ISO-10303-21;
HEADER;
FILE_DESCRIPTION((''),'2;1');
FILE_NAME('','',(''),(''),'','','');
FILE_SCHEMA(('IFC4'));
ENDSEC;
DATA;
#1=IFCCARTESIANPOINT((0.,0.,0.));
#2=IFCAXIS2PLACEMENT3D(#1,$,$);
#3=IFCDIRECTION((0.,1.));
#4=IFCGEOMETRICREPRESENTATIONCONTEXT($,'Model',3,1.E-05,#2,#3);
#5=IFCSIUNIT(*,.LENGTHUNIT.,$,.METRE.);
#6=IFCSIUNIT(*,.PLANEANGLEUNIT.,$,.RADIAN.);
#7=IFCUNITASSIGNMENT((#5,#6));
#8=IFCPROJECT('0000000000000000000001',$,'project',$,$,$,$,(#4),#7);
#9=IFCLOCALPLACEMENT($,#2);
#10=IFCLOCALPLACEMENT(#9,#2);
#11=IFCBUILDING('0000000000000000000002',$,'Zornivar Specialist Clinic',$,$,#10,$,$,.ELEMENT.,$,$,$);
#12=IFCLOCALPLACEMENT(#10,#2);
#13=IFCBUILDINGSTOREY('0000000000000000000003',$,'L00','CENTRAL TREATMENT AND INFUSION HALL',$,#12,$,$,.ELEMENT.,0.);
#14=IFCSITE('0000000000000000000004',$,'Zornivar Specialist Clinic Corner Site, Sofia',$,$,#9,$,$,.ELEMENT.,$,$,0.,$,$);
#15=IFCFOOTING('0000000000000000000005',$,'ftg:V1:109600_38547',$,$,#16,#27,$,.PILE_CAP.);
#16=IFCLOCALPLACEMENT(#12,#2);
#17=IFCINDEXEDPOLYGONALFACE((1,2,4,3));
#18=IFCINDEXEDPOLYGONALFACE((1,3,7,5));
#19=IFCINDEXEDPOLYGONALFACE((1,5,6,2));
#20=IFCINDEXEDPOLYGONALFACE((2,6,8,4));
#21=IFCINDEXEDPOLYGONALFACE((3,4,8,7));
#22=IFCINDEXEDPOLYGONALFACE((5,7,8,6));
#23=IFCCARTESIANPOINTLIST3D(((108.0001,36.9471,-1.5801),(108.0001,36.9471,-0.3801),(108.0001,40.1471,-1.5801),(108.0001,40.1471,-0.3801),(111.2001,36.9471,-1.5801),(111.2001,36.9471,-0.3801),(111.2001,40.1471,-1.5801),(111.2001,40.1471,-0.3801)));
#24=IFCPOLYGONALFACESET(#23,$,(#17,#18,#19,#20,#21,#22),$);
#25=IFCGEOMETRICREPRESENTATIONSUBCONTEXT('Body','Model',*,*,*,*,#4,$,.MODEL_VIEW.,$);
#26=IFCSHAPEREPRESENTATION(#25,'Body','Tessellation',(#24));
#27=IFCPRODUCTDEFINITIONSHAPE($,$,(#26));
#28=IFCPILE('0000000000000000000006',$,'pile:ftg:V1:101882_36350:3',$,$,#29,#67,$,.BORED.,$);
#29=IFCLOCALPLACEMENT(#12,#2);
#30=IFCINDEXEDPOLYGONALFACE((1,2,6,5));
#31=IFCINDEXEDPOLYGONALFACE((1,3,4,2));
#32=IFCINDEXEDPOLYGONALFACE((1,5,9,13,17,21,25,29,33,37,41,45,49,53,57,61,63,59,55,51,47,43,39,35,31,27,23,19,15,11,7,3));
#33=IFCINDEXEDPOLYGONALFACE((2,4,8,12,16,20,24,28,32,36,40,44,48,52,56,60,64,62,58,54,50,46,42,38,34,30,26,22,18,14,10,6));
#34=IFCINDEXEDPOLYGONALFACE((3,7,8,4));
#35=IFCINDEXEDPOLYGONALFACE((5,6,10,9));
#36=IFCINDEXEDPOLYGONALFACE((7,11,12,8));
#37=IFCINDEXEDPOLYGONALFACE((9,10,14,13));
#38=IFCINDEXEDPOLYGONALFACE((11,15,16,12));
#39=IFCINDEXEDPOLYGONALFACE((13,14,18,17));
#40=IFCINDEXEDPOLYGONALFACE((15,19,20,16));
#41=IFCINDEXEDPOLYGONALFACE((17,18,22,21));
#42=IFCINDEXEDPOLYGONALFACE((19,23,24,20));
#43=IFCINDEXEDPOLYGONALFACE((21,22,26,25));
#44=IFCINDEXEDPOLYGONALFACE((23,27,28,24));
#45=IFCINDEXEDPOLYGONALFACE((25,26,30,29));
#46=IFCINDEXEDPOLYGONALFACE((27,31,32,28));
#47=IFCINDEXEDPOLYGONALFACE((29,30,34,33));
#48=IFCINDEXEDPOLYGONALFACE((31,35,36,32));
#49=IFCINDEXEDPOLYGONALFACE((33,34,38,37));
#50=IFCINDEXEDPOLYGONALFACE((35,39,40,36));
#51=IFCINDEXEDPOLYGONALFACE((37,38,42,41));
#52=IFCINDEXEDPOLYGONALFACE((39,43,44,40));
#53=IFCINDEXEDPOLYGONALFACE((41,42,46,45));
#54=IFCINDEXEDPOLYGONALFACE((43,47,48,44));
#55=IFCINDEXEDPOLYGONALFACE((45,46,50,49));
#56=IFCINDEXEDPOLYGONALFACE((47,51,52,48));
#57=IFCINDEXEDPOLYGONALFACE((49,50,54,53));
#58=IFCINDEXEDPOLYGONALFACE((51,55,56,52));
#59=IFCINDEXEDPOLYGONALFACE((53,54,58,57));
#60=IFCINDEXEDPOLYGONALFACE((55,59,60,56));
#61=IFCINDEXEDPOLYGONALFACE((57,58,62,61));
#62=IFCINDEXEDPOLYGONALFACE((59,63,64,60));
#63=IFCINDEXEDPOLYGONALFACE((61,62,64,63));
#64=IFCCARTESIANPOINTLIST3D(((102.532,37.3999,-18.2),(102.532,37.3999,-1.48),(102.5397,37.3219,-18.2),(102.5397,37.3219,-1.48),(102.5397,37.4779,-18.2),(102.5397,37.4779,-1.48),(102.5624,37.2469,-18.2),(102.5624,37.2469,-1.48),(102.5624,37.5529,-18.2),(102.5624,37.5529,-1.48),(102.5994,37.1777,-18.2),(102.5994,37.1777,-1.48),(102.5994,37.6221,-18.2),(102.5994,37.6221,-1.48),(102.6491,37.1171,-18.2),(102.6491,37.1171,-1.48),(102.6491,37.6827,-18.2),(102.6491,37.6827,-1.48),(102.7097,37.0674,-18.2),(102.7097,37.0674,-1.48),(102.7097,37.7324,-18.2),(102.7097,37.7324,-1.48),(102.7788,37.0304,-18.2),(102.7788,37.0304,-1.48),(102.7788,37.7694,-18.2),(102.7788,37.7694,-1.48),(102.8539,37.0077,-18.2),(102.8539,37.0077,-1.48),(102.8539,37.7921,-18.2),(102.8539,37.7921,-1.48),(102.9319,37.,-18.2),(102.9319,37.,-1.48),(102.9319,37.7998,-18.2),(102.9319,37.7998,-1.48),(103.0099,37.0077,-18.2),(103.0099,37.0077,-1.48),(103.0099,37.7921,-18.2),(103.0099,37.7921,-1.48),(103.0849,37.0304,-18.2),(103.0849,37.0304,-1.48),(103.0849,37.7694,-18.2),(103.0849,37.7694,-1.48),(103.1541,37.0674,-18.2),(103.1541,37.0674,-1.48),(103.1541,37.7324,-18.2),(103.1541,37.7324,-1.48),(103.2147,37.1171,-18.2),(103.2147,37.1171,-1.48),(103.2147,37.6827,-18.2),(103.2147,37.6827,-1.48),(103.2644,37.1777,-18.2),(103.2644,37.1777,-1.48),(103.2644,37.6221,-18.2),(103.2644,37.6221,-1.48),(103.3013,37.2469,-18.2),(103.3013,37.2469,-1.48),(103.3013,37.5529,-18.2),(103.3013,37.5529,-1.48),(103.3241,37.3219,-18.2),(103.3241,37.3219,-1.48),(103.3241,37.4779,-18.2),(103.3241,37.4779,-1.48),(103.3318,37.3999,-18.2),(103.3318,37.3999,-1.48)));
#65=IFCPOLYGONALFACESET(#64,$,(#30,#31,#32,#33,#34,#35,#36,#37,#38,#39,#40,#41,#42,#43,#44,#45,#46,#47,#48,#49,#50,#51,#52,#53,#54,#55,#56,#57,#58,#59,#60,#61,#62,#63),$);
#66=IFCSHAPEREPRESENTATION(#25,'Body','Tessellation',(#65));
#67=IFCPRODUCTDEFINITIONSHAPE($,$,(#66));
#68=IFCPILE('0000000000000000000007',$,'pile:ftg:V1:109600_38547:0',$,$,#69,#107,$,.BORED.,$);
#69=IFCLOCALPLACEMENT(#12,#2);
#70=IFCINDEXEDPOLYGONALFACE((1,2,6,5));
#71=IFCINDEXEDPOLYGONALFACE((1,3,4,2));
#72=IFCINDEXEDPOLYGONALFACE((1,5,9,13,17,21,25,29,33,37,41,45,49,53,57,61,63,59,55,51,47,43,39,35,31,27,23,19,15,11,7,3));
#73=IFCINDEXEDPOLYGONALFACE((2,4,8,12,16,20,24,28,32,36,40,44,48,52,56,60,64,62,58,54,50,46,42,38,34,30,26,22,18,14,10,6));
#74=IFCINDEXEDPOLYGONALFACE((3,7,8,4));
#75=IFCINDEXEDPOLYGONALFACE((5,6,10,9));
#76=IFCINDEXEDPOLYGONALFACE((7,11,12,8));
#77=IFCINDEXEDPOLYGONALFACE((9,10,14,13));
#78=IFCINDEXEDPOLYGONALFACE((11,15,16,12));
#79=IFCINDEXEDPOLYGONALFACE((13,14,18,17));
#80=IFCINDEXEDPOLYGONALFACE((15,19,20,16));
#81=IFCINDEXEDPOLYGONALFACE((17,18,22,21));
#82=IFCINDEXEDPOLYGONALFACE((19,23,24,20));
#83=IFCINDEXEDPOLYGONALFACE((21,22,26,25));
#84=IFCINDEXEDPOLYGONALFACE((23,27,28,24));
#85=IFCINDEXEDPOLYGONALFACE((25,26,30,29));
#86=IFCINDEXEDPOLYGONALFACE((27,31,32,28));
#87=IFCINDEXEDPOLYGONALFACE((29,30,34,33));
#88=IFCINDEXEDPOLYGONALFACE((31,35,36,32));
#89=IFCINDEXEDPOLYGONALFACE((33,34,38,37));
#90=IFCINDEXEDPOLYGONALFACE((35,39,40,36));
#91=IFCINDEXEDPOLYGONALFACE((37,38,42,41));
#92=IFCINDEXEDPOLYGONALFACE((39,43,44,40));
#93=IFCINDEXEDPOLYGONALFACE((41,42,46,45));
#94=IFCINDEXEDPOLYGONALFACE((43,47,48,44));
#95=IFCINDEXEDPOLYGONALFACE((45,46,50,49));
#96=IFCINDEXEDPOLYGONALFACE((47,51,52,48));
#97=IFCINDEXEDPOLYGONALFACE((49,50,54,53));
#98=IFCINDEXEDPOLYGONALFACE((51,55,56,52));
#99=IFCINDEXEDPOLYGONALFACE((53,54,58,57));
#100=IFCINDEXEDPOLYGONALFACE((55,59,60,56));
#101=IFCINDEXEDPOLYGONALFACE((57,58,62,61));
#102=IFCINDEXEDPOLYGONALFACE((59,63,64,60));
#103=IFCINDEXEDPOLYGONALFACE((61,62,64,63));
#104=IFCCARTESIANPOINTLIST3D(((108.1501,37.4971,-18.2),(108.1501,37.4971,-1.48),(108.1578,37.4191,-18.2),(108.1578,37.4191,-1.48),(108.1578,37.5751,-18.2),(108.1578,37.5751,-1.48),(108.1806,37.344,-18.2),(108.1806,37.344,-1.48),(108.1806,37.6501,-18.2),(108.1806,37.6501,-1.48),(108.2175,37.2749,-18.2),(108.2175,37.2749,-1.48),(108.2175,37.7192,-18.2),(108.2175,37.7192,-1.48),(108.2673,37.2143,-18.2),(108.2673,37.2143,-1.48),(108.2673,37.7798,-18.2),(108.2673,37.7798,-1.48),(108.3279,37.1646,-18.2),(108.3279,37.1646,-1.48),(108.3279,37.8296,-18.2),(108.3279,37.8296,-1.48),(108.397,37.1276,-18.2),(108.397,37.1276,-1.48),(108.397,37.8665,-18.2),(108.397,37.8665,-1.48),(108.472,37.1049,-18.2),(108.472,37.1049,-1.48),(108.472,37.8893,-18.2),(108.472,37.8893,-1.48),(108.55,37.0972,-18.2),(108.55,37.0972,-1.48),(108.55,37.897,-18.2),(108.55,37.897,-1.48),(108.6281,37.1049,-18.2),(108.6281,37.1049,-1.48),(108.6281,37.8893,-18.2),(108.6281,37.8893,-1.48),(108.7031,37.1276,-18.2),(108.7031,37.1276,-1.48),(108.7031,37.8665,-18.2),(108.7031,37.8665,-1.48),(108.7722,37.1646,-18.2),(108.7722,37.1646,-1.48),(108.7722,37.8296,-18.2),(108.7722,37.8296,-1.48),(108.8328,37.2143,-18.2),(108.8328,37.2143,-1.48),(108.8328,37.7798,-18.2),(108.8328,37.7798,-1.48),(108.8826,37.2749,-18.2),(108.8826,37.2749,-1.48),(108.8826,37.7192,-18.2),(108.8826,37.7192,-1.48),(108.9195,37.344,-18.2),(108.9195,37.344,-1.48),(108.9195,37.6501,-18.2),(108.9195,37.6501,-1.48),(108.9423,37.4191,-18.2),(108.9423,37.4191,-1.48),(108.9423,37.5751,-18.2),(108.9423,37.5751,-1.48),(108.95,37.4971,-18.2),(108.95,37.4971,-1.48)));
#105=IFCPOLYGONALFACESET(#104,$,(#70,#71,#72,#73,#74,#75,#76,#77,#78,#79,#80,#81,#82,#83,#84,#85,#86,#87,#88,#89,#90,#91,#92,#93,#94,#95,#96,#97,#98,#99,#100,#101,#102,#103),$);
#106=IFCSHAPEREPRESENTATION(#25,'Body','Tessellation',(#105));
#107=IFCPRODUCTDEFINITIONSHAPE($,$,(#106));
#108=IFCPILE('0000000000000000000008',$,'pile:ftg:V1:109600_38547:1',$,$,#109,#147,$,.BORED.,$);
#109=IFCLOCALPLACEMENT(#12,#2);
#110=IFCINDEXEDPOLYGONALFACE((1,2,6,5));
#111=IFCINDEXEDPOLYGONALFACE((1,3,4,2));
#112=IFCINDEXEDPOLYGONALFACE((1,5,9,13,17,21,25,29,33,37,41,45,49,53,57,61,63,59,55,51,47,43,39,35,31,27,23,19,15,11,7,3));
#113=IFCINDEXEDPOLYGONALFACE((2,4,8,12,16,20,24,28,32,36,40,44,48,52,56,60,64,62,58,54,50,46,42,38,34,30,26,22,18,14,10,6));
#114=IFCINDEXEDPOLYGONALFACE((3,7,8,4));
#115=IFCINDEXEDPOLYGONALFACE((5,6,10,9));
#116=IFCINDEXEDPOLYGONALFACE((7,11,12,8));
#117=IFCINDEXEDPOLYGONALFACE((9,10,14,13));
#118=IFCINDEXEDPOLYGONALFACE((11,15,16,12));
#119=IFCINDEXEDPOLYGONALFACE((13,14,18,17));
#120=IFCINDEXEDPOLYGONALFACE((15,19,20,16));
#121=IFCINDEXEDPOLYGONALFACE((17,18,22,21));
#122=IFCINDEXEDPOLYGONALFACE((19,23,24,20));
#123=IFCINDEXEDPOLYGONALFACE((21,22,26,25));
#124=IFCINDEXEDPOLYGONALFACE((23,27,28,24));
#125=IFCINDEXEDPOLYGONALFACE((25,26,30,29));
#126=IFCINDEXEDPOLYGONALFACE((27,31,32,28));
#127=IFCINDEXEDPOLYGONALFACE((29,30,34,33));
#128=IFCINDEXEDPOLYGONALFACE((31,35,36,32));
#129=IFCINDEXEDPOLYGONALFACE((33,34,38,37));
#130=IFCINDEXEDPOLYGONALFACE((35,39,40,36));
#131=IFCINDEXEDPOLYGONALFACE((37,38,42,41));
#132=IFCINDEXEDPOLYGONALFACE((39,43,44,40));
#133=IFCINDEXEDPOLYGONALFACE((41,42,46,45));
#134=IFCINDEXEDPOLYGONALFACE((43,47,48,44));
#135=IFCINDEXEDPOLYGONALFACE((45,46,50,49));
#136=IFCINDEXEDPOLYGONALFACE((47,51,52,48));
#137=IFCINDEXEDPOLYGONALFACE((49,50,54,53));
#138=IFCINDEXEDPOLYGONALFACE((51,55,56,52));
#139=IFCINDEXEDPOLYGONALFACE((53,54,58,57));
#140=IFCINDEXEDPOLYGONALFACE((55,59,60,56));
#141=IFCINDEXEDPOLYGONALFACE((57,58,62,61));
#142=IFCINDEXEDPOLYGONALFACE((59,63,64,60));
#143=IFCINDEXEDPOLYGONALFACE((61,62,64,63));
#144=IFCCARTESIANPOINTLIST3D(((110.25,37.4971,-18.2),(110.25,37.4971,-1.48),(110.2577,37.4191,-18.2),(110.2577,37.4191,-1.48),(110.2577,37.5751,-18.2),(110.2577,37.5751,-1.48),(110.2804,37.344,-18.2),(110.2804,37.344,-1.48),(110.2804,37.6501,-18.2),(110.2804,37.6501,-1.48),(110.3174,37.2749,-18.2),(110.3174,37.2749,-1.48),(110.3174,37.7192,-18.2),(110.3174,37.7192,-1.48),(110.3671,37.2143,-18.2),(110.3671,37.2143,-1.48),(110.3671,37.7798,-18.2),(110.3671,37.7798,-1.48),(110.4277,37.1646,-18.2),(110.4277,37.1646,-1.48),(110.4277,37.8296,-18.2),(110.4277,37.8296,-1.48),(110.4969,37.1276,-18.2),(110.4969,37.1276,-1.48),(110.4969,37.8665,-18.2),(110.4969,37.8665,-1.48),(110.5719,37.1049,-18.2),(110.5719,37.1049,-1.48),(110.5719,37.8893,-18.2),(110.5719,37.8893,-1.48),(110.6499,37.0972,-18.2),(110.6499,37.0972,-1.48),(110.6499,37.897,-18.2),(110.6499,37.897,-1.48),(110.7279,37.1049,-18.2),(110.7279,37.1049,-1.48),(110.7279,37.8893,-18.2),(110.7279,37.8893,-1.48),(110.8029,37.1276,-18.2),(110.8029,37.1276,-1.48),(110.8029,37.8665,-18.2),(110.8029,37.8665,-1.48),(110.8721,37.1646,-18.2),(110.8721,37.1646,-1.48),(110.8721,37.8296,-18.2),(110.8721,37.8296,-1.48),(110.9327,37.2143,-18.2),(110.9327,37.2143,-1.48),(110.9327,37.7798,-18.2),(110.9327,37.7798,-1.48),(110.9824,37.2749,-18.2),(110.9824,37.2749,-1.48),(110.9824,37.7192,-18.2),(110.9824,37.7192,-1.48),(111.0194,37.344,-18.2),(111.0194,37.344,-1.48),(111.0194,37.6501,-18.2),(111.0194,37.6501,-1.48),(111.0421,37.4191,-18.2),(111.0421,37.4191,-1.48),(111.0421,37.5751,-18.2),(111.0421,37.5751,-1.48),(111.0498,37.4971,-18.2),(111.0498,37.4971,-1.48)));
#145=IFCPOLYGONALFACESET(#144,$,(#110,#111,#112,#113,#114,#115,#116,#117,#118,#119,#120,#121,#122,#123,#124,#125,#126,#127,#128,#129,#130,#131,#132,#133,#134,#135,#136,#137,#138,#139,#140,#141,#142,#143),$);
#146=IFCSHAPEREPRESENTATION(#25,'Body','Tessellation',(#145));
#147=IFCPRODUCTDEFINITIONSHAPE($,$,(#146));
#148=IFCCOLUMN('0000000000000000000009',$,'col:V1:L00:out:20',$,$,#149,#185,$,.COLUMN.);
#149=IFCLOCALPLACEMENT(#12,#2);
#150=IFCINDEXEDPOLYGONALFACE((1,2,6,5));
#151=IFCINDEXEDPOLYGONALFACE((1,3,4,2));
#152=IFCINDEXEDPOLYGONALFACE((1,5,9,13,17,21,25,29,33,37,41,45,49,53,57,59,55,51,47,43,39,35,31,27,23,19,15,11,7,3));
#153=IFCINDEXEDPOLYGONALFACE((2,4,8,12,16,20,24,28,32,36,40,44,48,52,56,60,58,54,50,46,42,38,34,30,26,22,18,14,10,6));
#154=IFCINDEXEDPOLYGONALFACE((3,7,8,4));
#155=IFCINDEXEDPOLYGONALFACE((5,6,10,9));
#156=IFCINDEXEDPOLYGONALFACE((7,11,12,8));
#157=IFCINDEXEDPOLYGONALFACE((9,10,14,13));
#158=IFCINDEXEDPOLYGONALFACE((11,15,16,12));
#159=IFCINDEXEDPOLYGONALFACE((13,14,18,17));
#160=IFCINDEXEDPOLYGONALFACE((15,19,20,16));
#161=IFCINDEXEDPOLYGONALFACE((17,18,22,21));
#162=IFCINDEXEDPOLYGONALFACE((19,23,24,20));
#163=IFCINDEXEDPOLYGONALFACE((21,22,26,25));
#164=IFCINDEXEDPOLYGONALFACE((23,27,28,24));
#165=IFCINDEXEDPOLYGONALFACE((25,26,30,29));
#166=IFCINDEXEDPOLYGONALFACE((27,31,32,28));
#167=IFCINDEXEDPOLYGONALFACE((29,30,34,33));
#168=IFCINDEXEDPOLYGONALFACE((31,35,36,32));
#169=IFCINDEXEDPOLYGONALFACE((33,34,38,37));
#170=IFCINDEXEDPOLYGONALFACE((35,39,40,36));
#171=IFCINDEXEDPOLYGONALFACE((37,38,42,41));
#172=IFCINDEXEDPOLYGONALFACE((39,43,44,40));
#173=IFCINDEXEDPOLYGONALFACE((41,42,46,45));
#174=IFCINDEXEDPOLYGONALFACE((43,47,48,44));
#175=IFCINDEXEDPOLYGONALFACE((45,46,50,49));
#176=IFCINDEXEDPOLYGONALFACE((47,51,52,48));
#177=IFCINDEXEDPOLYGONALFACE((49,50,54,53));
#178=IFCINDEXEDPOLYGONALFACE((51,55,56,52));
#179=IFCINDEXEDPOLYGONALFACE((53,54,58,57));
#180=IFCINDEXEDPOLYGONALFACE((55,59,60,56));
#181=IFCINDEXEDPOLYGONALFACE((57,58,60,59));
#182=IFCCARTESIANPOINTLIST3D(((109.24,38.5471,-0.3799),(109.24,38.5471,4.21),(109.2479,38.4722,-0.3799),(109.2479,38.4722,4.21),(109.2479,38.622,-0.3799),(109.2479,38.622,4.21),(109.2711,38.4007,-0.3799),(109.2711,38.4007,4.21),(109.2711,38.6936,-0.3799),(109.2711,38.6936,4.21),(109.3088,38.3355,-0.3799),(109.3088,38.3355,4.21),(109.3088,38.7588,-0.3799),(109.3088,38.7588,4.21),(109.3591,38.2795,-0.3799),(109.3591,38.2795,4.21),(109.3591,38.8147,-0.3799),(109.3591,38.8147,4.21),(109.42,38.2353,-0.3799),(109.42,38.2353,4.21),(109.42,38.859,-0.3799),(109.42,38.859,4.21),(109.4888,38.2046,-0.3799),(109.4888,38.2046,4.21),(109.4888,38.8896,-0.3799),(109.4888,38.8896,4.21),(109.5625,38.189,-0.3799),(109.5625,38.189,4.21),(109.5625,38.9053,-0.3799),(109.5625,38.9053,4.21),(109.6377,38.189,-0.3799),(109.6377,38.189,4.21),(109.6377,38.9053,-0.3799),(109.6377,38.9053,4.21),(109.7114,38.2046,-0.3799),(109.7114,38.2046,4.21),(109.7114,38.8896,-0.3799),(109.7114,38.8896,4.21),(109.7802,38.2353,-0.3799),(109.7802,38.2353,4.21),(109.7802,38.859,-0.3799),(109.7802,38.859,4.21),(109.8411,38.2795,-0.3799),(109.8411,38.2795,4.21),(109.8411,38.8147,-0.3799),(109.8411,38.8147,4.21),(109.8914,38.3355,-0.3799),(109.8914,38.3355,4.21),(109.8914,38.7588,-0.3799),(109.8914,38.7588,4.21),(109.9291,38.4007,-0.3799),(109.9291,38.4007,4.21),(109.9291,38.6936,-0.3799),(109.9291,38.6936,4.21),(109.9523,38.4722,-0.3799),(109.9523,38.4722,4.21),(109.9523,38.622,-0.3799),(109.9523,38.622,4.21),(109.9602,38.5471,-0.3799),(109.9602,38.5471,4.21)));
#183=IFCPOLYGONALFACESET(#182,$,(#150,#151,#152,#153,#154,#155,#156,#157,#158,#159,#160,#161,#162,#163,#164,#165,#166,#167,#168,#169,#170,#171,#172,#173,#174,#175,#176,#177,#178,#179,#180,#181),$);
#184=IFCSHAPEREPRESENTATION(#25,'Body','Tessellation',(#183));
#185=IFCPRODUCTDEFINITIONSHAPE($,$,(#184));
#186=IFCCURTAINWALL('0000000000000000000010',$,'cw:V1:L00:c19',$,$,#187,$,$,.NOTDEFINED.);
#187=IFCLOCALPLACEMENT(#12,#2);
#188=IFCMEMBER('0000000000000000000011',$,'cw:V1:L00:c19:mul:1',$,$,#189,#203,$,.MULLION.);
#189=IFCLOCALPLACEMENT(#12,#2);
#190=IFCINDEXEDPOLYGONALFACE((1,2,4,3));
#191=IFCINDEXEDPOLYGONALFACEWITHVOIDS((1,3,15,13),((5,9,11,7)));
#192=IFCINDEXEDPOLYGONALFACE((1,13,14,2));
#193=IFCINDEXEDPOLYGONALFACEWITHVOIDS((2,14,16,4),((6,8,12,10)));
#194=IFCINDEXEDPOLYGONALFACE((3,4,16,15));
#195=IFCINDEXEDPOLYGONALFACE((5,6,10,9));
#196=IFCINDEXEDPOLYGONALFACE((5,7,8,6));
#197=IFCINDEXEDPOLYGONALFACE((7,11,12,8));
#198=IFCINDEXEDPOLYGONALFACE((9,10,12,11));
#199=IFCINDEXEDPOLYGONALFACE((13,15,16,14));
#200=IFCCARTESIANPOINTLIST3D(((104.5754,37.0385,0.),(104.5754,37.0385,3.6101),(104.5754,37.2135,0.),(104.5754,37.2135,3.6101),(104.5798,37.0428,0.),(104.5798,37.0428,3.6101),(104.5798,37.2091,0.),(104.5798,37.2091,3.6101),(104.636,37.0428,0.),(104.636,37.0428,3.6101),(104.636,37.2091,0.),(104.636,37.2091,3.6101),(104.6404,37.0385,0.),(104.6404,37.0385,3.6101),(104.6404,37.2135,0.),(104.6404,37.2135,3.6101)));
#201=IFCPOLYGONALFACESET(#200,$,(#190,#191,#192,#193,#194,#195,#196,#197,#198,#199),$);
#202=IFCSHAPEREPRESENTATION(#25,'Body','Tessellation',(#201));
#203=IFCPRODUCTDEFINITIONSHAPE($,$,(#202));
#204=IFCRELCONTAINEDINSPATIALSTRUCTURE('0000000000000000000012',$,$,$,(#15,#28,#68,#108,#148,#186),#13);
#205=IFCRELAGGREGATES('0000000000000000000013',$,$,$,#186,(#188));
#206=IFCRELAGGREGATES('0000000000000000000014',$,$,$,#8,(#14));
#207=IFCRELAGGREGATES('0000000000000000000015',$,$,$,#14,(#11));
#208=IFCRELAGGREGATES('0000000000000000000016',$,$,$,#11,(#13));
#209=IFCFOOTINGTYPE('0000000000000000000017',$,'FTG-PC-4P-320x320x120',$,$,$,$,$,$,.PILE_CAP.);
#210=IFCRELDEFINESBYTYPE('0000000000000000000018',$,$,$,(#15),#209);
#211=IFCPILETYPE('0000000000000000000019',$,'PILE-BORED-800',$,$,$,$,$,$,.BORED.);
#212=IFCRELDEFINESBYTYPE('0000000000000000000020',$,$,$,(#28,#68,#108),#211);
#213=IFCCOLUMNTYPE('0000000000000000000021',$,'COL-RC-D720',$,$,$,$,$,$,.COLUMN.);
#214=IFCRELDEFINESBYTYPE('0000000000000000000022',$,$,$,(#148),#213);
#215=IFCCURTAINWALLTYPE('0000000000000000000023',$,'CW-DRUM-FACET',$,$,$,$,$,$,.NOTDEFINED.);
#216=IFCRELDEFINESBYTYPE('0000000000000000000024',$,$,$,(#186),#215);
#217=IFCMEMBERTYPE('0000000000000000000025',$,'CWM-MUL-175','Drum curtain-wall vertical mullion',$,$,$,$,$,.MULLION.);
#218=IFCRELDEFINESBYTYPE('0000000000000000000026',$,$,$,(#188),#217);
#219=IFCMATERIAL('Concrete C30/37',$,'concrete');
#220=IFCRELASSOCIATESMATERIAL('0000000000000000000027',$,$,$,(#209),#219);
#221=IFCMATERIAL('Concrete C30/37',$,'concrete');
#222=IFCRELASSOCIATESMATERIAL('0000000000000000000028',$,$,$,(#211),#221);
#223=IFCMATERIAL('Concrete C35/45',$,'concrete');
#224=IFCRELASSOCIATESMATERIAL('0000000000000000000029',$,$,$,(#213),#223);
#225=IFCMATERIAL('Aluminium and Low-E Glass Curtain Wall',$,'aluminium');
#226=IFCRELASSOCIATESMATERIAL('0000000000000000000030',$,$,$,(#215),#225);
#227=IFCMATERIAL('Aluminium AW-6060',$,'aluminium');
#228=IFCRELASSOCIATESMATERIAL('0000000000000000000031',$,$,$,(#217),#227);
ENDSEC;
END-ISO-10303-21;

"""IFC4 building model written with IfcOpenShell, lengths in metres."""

from ifc_helpers import new_model, si_unit, direction, frame, origin, origin_2d, place, context, subcontext, project, spatial, rectangle, hollow_rectangle, circle, extrude, material, material_profile, profile_set, type_object, element, aggregate, save


model = new_model("IFC4")

# Units and contexts
model_context = context("Model", 3, precision=1e-05, world=origin(), true_north=direction((0.0, 1.0)))
body_context = subcontext(model_context, "Body", "Model", "MODEL_VIEW")
ifc_project = project(units=[si_unit("LENGTHUNIT", "METRE"), si_unit("PLANEANGLEUNIT", "RADIAN")], contexts=[model_context])

# Site, building, storey
site_placement = place(None, origin())
site = spatial("IfcSite", under=ifc_project, at=site_placement, Name="Zornivar Specialist Clinic Corner Site, Sofia", CompositionType="ELEMENT", RefElevation=0.0)
building_placement = place(site_placement, origin())
building = spatial("IfcBuilding", under=site, at=building_placement, Name="Zornivar Specialist Clinic", CompositionType="ELEMENT")
storey_placement = place(building_placement, origin())
storey = spatial("IfcBuildingStorey", under=building, at=storey_placement, Name="L00", Description="CENTRAL TREATMENT AND INFUSION HALL", CompositionType="ELEMENT", Elevation=0.0)

# Footing
ifc_material_1 = material(Name="Concrete C30/37", Category="concrete")
footing_type = type_object("IfcFootingType", Name="FTG-PC-4P-320x320x120", PredefinedType="PILE_CAP", material=ifc_material_1)
footing_placement = place(storey_placement, frame((109.6001, 38.5471, -1.5801), z_axis=(0.0, 0.0, 1.0), x_axis=(1.0, 0.0, 0.0)))
element("IfcFooting", 1, at=footing_placement, inside=storey, type_object=footing_type, Name="ftg:V1:109600_38547", PredefinedType="PILE_CAP", context=body_context, shape_type="SweptSolid", body=[
    extrude(rectangle(XDim=3.2, YDim=3.2, at=origin_2d()), origin(), (0.0, 0.0, 1.0), 1.2),
])

# Piles
ifc_material_2 = material(Name="Concrete C30/37", Category="concrete")
ifc_material_profile_1 = material_profile(ifc_material_2, circle(Radius=0.3999, at=origin_2d()), Name="PILE D800")
ifc_profile_set_1 = profile_set([ifc_material_profile_1], Name="Concrete C30/37")
pile_type = type_object("IfcPileType", Name="PILE-BORED-800", PredefinedType="BORED", material=ifc_profile_set_1)
for number, where, z_axis, x_axis, name in (
    (2, (102.9319, 37.3999, -1.48), (0.0, 0.0, -1.0), (1.0, 0.0, 0.0), "pile:ftg:V1:101882_36350:3"),
    (3, (108.55, 37.4971, -1.48), (0.0, 0.0, -1.0), (1.0, 0.0, 0.0), "pile:ftg:V1:109600_38547:0"),
    (4, (110.6499, 37.4971, -1.48), (0.0, 0.0, -1.0), (1.0, 0.0, 0.0), "pile:ftg:V1:109600_38547:1"),
):
    element("IfcPile", number, at=place(storey_placement, frame(where, z_axis=z_axis, x_axis=x_axis)), inside=storey, type_object=pile_type, Name=name, PredefinedType="BORED", context=body_context, shape_type="SweptSolid", body=[
        extrude(circle(Radius=0.3999, at=origin_2d()), origin(), (0.0, 0.0, 1.0), 16.72),
    ])

# Column
ifc_material_3 = material(Name="Concrete C35/45", Category="concrete")
ifc_material_profile_2 = material_profile(ifc_material_3, circle(Radius=0.3601, at=origin_2d()), Name="RC D720")
ifc_profile_set_2 = profile_set([ifc_material_profile_2], Name="Concrete C35/45")
column_type = type_object("IfcColumnType", Name="COL-RC-D720", PredefinedType="COLUMN", material=ifc_profile_set_2)
column_placement = place(storey_placement, frame((109.6001, 38.5471, -0.3799), z_axis=(0.0, 0.0, 1.0), x_axis=(1.0, 0.0, 0.0)))
element("IfcColumn", 5, at=column_placement, inside=storey, type_object=column_type, Name="col:V1:L00:out:20", PredefinedType="COLUMN", context=body_context, shape_type="SweptSolid", body=[
    extrude(circle(Radius=0.3601, at=origin_2d()), origin(), (0.0, 0.0, 1.0), 4.5898),
])

# Curtain wall, member
ifc_material_4 = material(Name="Aluminium and Low-E Glass Curtain Wall", Category="aluminium")
curtain_wall_type = type_object("IfcCurtainWallType", Name="CW-DRUM-FACET", PredefinedType="NOTDEFINED", material=ifc_material_4)
curtain_wall_placement = place(storey_placement, origin())
curtain_wall = element("IfcCurtainWall", 6, at=curtain_wall_placement, inside=storey, type_object=curtain_wall_type, Name="cw:V1:L00:c19", PredefinedType="NOTDEFINED")
ifc_material_5 = material(Name="Aluminium AW-6060", Category="aluminium")
ifc_material_profile_3 = material_profile(ifc_material_5, hollow_rectangle(XDim=0.0649, YDim=0.175, WallThickness=0.0044, at=origin_2d()), Name="ALU 65x175x4.5")
ifc_profile_set_3 = profile_set([ifc_material_profile_3], Name="Aluminium AW-6060")
member_type_1 = type_object("IfcMemberType", Name="CWM-MUL-175", Description="Drum curtain-wall vertical mullion", PredefinedType="MULLION", material=ifc_profile_set_3)
member_1_placement = place(storey_placement, frame((104.6079, 37.126, 0.0), z_axis=(0.0, 0.0, 1.0), x_axis=(1.0, 0.0, 0.0)))
member_1 = element("IfcMember", 7, at=member_1_placement, type_object=member_type_1, Name="cw:V1:L00:c19:mul:1", PredefinedType="MULLION", context=body_context, shape_type="SweptSolid", body=[
    extrude(hollow_rectangle(XDim=0.0649, YDim=0.175, WallThickness=0.0044, at=origin_2d()), origin(), (0.0, 0.0, 1.0), 3.6101),
])
aggregate(curtain_wall, [member_1])

save(model, "model.ifc")
